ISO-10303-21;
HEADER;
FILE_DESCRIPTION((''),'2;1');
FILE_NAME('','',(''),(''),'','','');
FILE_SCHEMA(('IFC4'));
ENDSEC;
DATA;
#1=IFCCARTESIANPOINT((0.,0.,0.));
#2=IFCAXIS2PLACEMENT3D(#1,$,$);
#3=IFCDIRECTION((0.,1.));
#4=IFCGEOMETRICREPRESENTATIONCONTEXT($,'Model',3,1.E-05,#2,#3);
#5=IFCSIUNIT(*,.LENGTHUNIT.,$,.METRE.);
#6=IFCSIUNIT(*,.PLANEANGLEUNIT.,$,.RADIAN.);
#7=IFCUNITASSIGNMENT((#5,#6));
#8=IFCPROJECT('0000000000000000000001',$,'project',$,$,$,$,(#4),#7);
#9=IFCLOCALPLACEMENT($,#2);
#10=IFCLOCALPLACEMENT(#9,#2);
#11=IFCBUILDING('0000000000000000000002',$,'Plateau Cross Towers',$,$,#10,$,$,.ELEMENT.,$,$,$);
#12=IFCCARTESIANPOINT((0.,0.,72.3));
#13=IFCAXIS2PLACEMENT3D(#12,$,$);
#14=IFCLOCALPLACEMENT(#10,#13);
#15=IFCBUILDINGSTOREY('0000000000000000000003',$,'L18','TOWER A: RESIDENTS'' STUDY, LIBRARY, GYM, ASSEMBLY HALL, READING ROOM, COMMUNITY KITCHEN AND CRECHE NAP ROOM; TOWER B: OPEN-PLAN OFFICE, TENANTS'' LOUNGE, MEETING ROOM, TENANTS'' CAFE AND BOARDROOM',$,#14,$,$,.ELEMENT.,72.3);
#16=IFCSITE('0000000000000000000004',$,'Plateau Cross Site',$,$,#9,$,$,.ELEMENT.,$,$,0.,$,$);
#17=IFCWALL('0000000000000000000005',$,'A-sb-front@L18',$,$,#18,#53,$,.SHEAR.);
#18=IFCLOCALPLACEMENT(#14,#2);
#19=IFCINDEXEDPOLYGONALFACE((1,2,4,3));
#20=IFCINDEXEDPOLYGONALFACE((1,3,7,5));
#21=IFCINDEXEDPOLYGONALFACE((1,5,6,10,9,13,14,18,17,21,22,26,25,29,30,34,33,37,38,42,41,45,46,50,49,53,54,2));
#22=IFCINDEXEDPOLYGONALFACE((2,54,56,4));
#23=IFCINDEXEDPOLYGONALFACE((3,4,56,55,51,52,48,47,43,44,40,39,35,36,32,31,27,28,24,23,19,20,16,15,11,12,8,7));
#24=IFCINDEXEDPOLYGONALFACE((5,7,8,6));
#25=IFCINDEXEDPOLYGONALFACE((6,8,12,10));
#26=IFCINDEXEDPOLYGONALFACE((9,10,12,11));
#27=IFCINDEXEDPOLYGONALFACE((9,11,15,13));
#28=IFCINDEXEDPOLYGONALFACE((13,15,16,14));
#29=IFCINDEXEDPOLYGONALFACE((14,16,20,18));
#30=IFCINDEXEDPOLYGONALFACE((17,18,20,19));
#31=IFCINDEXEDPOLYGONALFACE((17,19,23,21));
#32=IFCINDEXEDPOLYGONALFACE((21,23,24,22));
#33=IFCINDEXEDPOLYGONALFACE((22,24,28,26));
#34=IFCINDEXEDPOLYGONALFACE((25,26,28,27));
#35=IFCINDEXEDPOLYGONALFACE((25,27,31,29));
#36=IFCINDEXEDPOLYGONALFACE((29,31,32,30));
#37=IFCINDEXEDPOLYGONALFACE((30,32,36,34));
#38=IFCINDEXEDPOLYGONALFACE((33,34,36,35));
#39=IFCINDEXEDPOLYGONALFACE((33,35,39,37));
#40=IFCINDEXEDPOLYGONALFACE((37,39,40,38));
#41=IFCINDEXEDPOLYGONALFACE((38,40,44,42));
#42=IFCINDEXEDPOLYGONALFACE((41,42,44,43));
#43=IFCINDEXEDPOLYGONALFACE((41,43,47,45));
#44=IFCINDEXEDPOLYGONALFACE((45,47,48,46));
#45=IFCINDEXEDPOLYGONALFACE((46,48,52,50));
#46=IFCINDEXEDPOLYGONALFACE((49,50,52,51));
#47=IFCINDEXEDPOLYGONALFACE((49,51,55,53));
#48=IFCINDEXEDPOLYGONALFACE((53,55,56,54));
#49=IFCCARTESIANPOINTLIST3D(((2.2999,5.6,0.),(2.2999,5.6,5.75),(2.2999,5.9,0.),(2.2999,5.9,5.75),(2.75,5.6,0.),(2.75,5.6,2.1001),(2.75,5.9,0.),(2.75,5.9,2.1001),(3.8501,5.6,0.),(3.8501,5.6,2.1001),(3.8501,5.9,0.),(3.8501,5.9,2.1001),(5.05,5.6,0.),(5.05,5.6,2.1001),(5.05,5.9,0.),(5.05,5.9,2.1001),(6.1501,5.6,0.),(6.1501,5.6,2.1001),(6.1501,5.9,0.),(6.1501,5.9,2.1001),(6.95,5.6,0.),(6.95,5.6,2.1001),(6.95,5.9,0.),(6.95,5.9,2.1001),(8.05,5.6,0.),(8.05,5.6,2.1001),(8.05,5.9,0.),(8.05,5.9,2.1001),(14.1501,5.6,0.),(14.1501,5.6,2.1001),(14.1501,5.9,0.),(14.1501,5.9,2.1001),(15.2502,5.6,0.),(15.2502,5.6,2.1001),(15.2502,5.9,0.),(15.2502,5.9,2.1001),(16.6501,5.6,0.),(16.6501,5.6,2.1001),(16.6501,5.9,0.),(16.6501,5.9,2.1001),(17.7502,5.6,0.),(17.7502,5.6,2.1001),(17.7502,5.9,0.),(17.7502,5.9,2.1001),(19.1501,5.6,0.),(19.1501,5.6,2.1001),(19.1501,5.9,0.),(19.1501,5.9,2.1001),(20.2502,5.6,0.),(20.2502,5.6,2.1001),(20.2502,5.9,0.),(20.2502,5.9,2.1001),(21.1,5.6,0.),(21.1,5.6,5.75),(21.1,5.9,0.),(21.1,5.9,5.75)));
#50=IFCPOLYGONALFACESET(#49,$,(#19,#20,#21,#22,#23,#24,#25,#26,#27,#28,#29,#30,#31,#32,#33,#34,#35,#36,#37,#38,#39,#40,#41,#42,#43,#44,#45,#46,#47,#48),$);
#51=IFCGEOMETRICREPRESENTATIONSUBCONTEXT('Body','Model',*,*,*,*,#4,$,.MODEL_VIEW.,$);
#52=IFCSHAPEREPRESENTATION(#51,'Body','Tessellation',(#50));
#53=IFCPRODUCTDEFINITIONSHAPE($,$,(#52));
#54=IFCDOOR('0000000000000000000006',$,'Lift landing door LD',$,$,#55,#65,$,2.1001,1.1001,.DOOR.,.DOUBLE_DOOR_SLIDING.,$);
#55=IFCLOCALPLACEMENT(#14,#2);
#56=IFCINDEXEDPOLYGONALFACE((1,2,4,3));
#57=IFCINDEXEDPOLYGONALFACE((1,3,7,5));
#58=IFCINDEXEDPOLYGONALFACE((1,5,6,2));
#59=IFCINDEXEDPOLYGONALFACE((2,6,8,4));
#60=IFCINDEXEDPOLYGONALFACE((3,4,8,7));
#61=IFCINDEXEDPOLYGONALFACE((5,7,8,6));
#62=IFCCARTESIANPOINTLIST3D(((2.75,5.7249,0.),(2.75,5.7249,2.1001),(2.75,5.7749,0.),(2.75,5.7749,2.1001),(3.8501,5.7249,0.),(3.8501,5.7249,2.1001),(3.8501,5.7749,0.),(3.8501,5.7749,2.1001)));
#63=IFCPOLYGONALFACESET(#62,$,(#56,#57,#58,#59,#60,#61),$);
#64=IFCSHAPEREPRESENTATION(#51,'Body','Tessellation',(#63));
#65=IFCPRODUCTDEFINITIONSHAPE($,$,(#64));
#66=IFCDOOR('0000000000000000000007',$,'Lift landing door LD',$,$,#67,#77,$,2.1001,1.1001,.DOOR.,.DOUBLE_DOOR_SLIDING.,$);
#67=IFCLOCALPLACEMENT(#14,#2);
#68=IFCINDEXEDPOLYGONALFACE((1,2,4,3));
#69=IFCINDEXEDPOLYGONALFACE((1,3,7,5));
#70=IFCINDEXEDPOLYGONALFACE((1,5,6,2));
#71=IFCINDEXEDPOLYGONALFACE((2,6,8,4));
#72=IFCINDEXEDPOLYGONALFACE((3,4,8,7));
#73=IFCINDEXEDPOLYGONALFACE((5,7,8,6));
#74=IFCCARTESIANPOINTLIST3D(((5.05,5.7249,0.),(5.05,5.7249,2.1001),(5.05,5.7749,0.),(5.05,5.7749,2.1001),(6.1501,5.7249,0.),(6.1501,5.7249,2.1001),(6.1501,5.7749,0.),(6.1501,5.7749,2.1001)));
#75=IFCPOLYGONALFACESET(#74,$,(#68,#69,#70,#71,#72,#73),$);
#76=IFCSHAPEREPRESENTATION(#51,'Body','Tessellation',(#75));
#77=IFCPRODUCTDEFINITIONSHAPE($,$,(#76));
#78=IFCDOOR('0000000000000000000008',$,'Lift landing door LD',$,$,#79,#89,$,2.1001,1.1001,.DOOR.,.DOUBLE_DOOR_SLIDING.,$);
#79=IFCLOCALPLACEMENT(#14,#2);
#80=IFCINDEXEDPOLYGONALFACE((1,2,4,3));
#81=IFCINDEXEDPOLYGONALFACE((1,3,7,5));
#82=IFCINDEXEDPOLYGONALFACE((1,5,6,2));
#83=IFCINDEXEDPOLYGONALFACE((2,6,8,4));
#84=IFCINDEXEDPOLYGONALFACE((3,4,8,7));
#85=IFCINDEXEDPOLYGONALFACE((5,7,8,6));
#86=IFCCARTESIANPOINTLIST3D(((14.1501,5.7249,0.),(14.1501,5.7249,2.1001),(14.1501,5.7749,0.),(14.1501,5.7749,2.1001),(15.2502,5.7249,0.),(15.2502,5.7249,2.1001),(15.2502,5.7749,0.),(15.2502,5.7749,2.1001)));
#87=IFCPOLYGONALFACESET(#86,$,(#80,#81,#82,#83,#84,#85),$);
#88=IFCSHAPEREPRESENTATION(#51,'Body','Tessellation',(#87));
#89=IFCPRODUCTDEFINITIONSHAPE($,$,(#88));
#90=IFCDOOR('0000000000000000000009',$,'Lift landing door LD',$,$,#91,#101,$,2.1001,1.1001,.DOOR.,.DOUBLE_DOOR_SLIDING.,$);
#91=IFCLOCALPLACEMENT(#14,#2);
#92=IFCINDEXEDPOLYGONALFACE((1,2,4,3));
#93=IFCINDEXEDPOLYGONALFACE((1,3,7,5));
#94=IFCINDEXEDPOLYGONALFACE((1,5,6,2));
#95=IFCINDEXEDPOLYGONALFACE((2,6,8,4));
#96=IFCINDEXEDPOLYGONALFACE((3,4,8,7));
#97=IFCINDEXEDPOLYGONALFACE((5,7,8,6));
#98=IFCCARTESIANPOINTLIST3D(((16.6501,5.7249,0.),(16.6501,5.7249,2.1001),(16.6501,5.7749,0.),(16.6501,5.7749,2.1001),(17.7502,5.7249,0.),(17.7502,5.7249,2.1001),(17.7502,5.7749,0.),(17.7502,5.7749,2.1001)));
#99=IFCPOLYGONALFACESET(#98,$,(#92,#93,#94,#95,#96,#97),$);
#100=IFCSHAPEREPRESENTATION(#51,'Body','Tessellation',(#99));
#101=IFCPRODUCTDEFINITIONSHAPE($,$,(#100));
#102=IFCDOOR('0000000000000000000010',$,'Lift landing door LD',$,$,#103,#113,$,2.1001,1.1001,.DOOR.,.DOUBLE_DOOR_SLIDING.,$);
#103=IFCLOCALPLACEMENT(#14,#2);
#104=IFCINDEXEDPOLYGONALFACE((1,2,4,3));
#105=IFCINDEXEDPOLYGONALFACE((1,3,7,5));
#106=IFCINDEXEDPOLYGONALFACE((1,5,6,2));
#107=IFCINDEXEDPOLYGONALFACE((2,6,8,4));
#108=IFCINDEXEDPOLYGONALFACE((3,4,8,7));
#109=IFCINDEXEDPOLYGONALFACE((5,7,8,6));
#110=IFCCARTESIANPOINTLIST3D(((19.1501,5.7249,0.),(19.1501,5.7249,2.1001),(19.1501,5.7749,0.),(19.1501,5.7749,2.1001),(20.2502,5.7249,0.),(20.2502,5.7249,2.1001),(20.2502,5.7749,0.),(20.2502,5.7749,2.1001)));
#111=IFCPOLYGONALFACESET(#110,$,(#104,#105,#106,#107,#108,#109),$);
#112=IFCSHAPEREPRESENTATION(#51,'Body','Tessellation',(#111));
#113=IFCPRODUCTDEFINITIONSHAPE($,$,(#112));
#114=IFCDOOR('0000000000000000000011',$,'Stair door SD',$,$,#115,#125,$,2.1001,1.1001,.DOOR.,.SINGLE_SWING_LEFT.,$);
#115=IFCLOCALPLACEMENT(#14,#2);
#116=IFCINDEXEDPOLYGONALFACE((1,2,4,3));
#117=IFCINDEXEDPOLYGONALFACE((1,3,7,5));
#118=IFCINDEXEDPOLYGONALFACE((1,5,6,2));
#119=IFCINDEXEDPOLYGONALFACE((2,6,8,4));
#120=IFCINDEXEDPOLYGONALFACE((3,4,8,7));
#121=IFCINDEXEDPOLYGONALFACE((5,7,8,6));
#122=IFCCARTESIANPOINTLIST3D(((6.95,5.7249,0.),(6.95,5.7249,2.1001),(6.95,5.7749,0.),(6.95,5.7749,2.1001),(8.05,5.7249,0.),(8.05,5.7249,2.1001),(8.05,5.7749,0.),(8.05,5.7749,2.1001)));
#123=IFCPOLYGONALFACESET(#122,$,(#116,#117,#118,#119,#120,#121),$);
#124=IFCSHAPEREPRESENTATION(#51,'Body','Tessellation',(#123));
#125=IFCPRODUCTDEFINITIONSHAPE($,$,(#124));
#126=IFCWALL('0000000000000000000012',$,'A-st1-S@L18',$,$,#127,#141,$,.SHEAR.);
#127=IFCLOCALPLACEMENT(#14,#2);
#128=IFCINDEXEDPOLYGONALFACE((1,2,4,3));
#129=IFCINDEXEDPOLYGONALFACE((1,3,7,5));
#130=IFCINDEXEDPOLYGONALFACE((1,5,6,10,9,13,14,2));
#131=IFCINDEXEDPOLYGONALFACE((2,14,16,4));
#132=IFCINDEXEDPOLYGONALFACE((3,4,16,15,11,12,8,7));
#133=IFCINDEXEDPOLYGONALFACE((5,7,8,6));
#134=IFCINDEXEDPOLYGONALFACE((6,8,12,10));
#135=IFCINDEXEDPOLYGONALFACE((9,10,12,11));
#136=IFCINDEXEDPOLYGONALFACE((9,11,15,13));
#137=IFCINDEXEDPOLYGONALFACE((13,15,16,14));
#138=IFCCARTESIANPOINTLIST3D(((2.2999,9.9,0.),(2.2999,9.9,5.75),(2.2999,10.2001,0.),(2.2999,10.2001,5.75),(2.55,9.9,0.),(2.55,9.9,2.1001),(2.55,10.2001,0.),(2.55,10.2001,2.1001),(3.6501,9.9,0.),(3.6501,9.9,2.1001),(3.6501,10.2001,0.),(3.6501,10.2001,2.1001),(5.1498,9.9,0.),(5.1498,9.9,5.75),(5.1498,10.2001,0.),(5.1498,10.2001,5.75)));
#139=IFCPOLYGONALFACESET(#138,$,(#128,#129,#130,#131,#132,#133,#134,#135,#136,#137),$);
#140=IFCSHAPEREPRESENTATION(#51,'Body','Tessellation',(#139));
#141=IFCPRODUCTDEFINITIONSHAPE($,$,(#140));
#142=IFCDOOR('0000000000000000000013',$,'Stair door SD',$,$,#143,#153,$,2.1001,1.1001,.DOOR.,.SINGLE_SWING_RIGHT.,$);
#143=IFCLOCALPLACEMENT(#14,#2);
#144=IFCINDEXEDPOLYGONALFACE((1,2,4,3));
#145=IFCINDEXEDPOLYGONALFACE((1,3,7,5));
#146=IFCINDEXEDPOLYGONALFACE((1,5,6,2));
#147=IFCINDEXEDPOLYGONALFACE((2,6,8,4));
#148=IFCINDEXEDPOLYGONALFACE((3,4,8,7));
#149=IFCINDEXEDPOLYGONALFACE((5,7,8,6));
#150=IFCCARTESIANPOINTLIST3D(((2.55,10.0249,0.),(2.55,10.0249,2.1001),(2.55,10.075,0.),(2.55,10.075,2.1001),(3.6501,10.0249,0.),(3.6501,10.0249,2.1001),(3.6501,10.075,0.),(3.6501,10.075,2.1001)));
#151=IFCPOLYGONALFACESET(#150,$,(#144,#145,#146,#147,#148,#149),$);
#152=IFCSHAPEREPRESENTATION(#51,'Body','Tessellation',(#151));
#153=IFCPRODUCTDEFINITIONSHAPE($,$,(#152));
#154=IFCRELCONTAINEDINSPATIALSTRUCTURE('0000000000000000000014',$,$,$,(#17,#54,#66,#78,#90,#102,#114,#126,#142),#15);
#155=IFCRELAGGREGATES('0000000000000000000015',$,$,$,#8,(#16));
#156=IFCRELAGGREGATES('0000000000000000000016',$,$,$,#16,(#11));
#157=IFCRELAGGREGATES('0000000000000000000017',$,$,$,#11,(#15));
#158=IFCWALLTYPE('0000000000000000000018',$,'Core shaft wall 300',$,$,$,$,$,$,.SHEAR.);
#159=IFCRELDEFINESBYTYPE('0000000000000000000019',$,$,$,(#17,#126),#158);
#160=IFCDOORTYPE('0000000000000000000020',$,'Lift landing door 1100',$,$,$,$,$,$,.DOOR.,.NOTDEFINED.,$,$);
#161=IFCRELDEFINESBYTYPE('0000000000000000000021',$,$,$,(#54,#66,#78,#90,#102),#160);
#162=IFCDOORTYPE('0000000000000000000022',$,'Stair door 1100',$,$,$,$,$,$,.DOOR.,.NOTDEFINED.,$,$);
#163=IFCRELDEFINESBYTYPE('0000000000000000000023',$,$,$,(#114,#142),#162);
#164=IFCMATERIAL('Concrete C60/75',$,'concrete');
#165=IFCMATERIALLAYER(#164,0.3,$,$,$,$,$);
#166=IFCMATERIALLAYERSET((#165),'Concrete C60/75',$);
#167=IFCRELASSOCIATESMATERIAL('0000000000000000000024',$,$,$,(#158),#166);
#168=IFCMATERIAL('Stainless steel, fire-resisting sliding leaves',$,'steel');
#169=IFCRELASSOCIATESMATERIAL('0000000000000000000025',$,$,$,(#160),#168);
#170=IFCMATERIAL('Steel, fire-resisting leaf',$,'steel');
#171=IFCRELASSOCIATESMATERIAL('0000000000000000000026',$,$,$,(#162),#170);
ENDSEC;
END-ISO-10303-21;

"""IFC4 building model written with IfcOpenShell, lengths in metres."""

from ifc_helpers import new_model, si_unit, direction, frame, frame_2d, origin, place, context, subcontext, project, spatial, rectangle, extrude, material, layer, layer_set, type_object, element, fill, save


model = new_model("IFC4")

# Units and contexts
model_context = context("Model", 3, precision=1e-05, world=origin(), true_north=direction((0.0, 1.0)))
body_context = subcontext(model_context, "Body", "Model", "MODEL_VIEW")
ifc_project = project(units=[si_unit("LENGTHUNIT", "METRE"), si_unit("PLANEANGLEUNIT", "RADIAN")], contexts=[model_context])

# Site, building, storey
site_placement = place(None, origin())
site = spatial("IfcSite", under=ifc_project, at=site_placement, Name="Plateau Cross Site", CompositionType="ELEMENT", RefElevation=0.0)
building_placement = place(site_placement, origin())
building = spatial("IfcBuilding", under=site, at=building_placement, Name="Plateau Cross Towers", CompositionType="ELEMENT")
storey_placement = place(building_placement, frame((0.0, 0.0, 72.3)))
storey = spatial("IfcBuildingStorey", under=building, at=storey_placement, Name="L18", Description="TOWER A: RESIDENTS' STUDY, LIBRARY, GYM, ASSEMBLY HALL, READING ROOM, COMMUNITY KITCHEN AND CRECHE NAP ROOM; TOWER B: OPEN-PLAN OFFICE, TENANTS' LOUNGE, MEETING ROOM, TENANTS' CAFE AND BOARDROOM", CompositionType="ELEMENT", Elevation=72.3)

# Shared definitions
ifc_material_1 = material(Name="Concrete C60/75", Category="concrete")
ifc_layer_1 = layer(ifc_material_1, 0.3)
ifc_layer_set_1 = layer_set([ifc_layer_1], Name="Concrete C60/75")
wall_type = type_object("IfcWallType", Name="Core shaft wall 300", PredefinedType="SHEAR", material=ifc_layer_set_1)

# Wall, openings, doors
wall_1_placement = place(storey_placement, frame((2.3, 5.75, 0.0), z_axis=(0.0, 0.0, 1.0), x_axis=(1.0, 0.0, 0.0)))
wall_1 = element("IfcWall", 1, at=wall_1_placement, inside=storey, type_object=wall_type, Name="A-sb-front@L18", PredefinedType="SHEAR", context=body_context, shape_type="SweptSolid", body=[
    extrude(rectangle(XDim=18.8, YDim=0.3, at=frame_2d((9.3999, 0.0))), origin(), (0.0, 0.0, 1.0), 5.75),
])
opening_1_placement = place(wall_1_placement, frame((4.6499, 0.0, 0.0)))
opening_1 = element("IfcOpeningElement", 2, at=opening_1_placement, cuts=wall_1, PredefinedType="OPENING", context=body_context, shape_type="SweptSolid", body=[
    extrude(rectangle(XDim=1.1001, YDim=2.1001, at=frame_2d((0.55, 1.05))), frame((0.0, 0.1599, 0.0), z_axis=(0.0, -1.0, 0.0), x_axis=(1.0, 0.0, 0.0)), (0.0, 0.0, 1.0), 0.3201),
])
opening_2_placement = place(wall_1_placement, frame((0.45, 0.0, 0.0)))
opening_2 = element("IfcOpeningElement", 3, at=opening_2_placement, cuts=wall_1, PredefinedType="OPENING", context=body_context, shape_type="SweptSolid", body=[
    extrude(rectangle(XDim=1.1001, YDim=2.1001, at=frame_2d((0.55, 1.05))), frame((0.0, 0.1599, 0.0), z_axis=(0.0, -1.0, 0.0), x_axis=(1.0, 0.0, 0.0)), (0.0, 0.0, 1.0), 0.3201),
])
opening_3_placement = place(wall_1_placement, frame((2.75, 0.0, 0.0)))
opening_3 = element("IfcOpeningElement", 4, at=opening_3_placement, cuts=wall_1, PredefinedType="OPENING", context=body_context, shape_type="SweptSolid", body=[
    extrude(rectangle(XDim=1.1001, YDim=2.1001, at=frame_2d((0.55, 1.05))), frame((0.0, 0.1599, 0.0), z_axis=(0.0, -1.0, 0.0), x_axis=(1.0, 0.0, 0.0)), (0.0, 0.0, 1.0), 0.3201),
])
opening_4_placement = place(wall_1_placement, frame((11.8501, 0.0, 0.0)))
opening_4 = element("IfcOpeningElement", 5, at=opening_4_placement, cuts=wall_1, PredefinedType="OPENING", context=body_context, shape_type="SweptSolid", body=[
    extrude(rectangle(XDim=1.1001, YDim=2.1001, at=frame_2d((0.55, 1.05))), frame((0.0, 0.1599, 0.0), z_axis=(0.0, -1.0, 0.0), x_axis=(1.0, 0.0, 0.0)), (0.0, 0.0, 1.0), 0.3201),
])
opening_5_placement = place(wall_1_placement, frame((14.3501, 0.0, 0.0)))
opening_5 = element("IfcOpeningElement", 6, at=opening_5_placement, cuts=wall_1, PredefinedType="OPENING", context=body_context, shape_type="SweptSolid", body=[
    extrude(rectangle(XDim=1.1001, YDim=2.1001, at=frame_2d((0.55, 1.05))), frame((0.0, 0.1599, 0.0), z_axis=(0.0, -1.0, 0.0), x_axis=(1.0, 0.0, 0.0)), (0.0, 0.0, 1.0), 0.3201),
])
opening_6_placement = place(wall_1_placement, frame((16.8501, 0.0, 0.0)))
opening_6 = element("IfcOpeningElement", 7, at=opening_6_placement, cuts=wall_1, PredefinedType="OPENING", context=body_context, shape_type="SweptSolid", body=[
    extrude(rectangle(XDim=1.1001, YDim=2.1001, at=frame_2d((0.55, 1.05))), frame((0.0, 0.1599, 0.0), z_axis=(0.0, -1.0, 0.0), x_axis=(1.0, 0.0, 0.0)), (0.0, 0.0, 1.0), 0.3201),
])
ifc_material_2 = material(Name="Stainless steel, fire-resisting sliding leaves", Category="steel")
door_type_1 = type_object("IfcDoorType", Name="Lift landing door 1100", OperationType="NOTDEFINED", PredefinedType="DOOR", material=ifc_material_2)
door_1_placement = place(opening_2_placement, origin())
door_1 = element("IfcDoor", 8, at=door_1_placement, inside=storey, type_object=door_type_1, Name="Lift landing door LD", OperationType="DOUBLE_DOOR_SLIDING", OverallHeight=2.1001, OverallWidth=1.1001, PredefinedType="DOOR", context=body_context, shape_type="SweptSolid", body=[
    extrude(rectangle(XDim=1.1001, YDim=2.1001, at=frame_2d((0.55, 1.05))), frame((0.0, 0.0249, 0.0), z_axis=(0.0, -1.0, 0.0), x_axis=(1.0, 0.0, 0.0)), (0.0, 0.0, 1.0), 0.05),
])
fill(opening_2, door_1)
door_2_placement = place(opening_3_placement, origin())
door_2 = element("IfcDoor", 9, at=door_2_placement, inside=storey, type_object=door_type_1, Name="Lift landing door LD", OperationType="DOUBLE_DOOR_SLIDING", OverallHeight=2.1001, OverallWidth=1.1001, PredefinedType="DOOR", context=body_context, shape_type="SweptSolid", body=[
    extrude(rectangle(XDim=1.1001, YDim=2.1001, at=frame_2d((0.55, 1.05))), frame((0.0, 0.0249, 0.0), z_axis=(0.0, -1.0, 0.0), x_axis=(1.0, 0.0, 0.0)), (0.0, 0.0, 1.0), 0.05),
])
fill(opening_3, door_2)
door_3_placement = place(opening_4_placement, origin())
door_3 = element("IfcDoor", 10, at=door_3_placement, inside=storey, type_object=door_type_1, Name="Lift landing door LD", OperationType="DOUBLE_DOOR_SLIDING", OverallHeight=2.1001, OverallWidth=1.1001, PredefinedType="DOOR", context=body_context, shape_type="SweptSolid", body=[
    extrude(rectangle(XDim=1.1001, YDim=2.1001, at=frame_2d((0.55, 1.05))), frame((0.0, 0.0249, 0.0), z_axis=(0.0, -1.0, 0.0), x_axis=(1.0, 0.0, 0.0)), (0.0, 0.0, 1.0), 0.05),
])
fill(opening_4, door_3)
door_4_placement = place(opening_5_placement, origin())
door_4 = element("IfcDoor", 11, at=door_4_placement, inside=storey, type_object=door_type_1, Name="Lift landing door LD", OperationType="DOUBLE_DOOR_SLIDING", OverallHeight=2.1001, OverallWidth=1.1001, PredefinedType="DOOR", context=body_context, shape_type="SweptSolid", body=[
    extrude(rectangle(XDim=1.1001, YDim=2.1001, at=frame_2d((0.55, 1.05))), frame((0.0, 0.0249, 0.0), z_axis=(0.0, -1.0, 0.0), x_axis=(1.0, 0.0, 0.0)), (0.0, 0.0, 1.0), 0.05),
])
fill(opening_5, door_4)
door_5_placement = place(opening_6_placement, origin())
door_5 = element("IfcDoor", 12, at=door_5_placement, inside=storey, type_object=door_type_1, Name="Lift landing door LD", OperationType="DOUBLE_DOOR_SLIDING", OverallHeight=2.1001, OverallWidth=1.1001, PredefinedType="DOOR", context=body_context, shape_type="SweptSolid", body=[
    extrude(rectangle(XDim=1.1001, YDim=2.1001, at=frame_2d((0.55, 1.05))), frame((0.0, 0.0249, 0.0), z_axis=(0.0, -1.0, 0.0), x_axis=(1.0, 0.0, 0.0)), (0.0, 0.0, 1.0), 0.05),
])
fill(opening_6, door_5)
ifc_material_3 = material(Name="Steel, fire-resisting leaf", Category="steel")
door_type_2 = type_object("IfcDoorType", Name="Stair door 1100", OperationType="NOTDEFINED", PredefinedType="DOOR", material=ifc_material_3)
door_6_placement = place(opening_1_placement, origin())
door_6 = element("IfcDoor", 13, at=door_6_placement, inside=storey, type_object=door_type_2, Name="Stair door SD", OperationType="SINGLE_SWING_LEFT", OverallHeight=2.1001, OverallWidth=1.1001, PredefinedType="DOOR", context=body_context, shape_type="SweptSolid", body=[
    extrude(rectangle(XDim=1.1001, YDim=2.1001, at=frame_2d((0.55, 1.05))), frame((0.0, 0.0249, 0.0), z_axis=(0.0, -1.0, 0.0), x_axis=(1.0, 0.0, 0.0)), (0.0, 0.0, 1.0), 0.05),
])
fill(opening_1, door_6)

# Wall, opening, door
wall_2_placement = place(storey_placement, frame((2.3, 10.05, 0.0), z_axis=(0.0, 0.0, 1.0), x_axis=(1.0, 0.0, 0.0)))
wall_2 = element("IfcWall", 14, at=wall_2_placement, inside=storey, type_object=wall_type, Name="A-st1-S@L18", PredefinedType="SHEAR", context=body_context, shape_type="SweptSolid", body=[
    extrude(rectangle(XDim=2.8499, YDim=0.3, at=frame_2d((1.4248, 0.0))), origin(), (0.0, 0.0, 1.0), 5.75),
])
opening_7_placement = place(wall_2_placement, frame((0.25, 0.0, 0.0)))
opening_7 = element("IfcOpeningElement", 15, at=opening_7_placement, cuts=wall_2, PredefinedType="OPENING", context=body_context, shape_type="SweptSolid", body=[
    extrude(rectangle(XDim=1.1001, YDim=2.1001, at=frame_2d((0.55, 1.05))), frame((0.0, 0.1599, 0.0), z_axis=(0.0, -1.0, 0.0), x_axis=(1.0, 0.0, 0.0)), (0.0, 0.0, 1.0), 0.3201),
])
door_7_placement = place(opening_7_placement, origin())
door_7 = element("IfcDoor", 16, at=door_7_placement, inside=storey, type_object=door_type_2, Name="Stair door SD", OperationType="SINGLE_SWING_RIGHT", OverallHeight=2.1001, OverallWidth=1.1001, PredefinedType="DOOR", context=body_context, shape_type="SweptSolid", body=[
    extrude(rectangle(XDim=1.1001, YDim=2.1001, at=frame_2d((0.55, 1.05))), frame((0.0, 0.0249, 0.0), z_axis=(0.0, -1.0, 0.0), x_axis=(1.0, 0.0, 0.0)), (0.0, 0.0, 1.0), 0.05),
])
fill(opening_7, door_7)

save(model, "model.ifc")
